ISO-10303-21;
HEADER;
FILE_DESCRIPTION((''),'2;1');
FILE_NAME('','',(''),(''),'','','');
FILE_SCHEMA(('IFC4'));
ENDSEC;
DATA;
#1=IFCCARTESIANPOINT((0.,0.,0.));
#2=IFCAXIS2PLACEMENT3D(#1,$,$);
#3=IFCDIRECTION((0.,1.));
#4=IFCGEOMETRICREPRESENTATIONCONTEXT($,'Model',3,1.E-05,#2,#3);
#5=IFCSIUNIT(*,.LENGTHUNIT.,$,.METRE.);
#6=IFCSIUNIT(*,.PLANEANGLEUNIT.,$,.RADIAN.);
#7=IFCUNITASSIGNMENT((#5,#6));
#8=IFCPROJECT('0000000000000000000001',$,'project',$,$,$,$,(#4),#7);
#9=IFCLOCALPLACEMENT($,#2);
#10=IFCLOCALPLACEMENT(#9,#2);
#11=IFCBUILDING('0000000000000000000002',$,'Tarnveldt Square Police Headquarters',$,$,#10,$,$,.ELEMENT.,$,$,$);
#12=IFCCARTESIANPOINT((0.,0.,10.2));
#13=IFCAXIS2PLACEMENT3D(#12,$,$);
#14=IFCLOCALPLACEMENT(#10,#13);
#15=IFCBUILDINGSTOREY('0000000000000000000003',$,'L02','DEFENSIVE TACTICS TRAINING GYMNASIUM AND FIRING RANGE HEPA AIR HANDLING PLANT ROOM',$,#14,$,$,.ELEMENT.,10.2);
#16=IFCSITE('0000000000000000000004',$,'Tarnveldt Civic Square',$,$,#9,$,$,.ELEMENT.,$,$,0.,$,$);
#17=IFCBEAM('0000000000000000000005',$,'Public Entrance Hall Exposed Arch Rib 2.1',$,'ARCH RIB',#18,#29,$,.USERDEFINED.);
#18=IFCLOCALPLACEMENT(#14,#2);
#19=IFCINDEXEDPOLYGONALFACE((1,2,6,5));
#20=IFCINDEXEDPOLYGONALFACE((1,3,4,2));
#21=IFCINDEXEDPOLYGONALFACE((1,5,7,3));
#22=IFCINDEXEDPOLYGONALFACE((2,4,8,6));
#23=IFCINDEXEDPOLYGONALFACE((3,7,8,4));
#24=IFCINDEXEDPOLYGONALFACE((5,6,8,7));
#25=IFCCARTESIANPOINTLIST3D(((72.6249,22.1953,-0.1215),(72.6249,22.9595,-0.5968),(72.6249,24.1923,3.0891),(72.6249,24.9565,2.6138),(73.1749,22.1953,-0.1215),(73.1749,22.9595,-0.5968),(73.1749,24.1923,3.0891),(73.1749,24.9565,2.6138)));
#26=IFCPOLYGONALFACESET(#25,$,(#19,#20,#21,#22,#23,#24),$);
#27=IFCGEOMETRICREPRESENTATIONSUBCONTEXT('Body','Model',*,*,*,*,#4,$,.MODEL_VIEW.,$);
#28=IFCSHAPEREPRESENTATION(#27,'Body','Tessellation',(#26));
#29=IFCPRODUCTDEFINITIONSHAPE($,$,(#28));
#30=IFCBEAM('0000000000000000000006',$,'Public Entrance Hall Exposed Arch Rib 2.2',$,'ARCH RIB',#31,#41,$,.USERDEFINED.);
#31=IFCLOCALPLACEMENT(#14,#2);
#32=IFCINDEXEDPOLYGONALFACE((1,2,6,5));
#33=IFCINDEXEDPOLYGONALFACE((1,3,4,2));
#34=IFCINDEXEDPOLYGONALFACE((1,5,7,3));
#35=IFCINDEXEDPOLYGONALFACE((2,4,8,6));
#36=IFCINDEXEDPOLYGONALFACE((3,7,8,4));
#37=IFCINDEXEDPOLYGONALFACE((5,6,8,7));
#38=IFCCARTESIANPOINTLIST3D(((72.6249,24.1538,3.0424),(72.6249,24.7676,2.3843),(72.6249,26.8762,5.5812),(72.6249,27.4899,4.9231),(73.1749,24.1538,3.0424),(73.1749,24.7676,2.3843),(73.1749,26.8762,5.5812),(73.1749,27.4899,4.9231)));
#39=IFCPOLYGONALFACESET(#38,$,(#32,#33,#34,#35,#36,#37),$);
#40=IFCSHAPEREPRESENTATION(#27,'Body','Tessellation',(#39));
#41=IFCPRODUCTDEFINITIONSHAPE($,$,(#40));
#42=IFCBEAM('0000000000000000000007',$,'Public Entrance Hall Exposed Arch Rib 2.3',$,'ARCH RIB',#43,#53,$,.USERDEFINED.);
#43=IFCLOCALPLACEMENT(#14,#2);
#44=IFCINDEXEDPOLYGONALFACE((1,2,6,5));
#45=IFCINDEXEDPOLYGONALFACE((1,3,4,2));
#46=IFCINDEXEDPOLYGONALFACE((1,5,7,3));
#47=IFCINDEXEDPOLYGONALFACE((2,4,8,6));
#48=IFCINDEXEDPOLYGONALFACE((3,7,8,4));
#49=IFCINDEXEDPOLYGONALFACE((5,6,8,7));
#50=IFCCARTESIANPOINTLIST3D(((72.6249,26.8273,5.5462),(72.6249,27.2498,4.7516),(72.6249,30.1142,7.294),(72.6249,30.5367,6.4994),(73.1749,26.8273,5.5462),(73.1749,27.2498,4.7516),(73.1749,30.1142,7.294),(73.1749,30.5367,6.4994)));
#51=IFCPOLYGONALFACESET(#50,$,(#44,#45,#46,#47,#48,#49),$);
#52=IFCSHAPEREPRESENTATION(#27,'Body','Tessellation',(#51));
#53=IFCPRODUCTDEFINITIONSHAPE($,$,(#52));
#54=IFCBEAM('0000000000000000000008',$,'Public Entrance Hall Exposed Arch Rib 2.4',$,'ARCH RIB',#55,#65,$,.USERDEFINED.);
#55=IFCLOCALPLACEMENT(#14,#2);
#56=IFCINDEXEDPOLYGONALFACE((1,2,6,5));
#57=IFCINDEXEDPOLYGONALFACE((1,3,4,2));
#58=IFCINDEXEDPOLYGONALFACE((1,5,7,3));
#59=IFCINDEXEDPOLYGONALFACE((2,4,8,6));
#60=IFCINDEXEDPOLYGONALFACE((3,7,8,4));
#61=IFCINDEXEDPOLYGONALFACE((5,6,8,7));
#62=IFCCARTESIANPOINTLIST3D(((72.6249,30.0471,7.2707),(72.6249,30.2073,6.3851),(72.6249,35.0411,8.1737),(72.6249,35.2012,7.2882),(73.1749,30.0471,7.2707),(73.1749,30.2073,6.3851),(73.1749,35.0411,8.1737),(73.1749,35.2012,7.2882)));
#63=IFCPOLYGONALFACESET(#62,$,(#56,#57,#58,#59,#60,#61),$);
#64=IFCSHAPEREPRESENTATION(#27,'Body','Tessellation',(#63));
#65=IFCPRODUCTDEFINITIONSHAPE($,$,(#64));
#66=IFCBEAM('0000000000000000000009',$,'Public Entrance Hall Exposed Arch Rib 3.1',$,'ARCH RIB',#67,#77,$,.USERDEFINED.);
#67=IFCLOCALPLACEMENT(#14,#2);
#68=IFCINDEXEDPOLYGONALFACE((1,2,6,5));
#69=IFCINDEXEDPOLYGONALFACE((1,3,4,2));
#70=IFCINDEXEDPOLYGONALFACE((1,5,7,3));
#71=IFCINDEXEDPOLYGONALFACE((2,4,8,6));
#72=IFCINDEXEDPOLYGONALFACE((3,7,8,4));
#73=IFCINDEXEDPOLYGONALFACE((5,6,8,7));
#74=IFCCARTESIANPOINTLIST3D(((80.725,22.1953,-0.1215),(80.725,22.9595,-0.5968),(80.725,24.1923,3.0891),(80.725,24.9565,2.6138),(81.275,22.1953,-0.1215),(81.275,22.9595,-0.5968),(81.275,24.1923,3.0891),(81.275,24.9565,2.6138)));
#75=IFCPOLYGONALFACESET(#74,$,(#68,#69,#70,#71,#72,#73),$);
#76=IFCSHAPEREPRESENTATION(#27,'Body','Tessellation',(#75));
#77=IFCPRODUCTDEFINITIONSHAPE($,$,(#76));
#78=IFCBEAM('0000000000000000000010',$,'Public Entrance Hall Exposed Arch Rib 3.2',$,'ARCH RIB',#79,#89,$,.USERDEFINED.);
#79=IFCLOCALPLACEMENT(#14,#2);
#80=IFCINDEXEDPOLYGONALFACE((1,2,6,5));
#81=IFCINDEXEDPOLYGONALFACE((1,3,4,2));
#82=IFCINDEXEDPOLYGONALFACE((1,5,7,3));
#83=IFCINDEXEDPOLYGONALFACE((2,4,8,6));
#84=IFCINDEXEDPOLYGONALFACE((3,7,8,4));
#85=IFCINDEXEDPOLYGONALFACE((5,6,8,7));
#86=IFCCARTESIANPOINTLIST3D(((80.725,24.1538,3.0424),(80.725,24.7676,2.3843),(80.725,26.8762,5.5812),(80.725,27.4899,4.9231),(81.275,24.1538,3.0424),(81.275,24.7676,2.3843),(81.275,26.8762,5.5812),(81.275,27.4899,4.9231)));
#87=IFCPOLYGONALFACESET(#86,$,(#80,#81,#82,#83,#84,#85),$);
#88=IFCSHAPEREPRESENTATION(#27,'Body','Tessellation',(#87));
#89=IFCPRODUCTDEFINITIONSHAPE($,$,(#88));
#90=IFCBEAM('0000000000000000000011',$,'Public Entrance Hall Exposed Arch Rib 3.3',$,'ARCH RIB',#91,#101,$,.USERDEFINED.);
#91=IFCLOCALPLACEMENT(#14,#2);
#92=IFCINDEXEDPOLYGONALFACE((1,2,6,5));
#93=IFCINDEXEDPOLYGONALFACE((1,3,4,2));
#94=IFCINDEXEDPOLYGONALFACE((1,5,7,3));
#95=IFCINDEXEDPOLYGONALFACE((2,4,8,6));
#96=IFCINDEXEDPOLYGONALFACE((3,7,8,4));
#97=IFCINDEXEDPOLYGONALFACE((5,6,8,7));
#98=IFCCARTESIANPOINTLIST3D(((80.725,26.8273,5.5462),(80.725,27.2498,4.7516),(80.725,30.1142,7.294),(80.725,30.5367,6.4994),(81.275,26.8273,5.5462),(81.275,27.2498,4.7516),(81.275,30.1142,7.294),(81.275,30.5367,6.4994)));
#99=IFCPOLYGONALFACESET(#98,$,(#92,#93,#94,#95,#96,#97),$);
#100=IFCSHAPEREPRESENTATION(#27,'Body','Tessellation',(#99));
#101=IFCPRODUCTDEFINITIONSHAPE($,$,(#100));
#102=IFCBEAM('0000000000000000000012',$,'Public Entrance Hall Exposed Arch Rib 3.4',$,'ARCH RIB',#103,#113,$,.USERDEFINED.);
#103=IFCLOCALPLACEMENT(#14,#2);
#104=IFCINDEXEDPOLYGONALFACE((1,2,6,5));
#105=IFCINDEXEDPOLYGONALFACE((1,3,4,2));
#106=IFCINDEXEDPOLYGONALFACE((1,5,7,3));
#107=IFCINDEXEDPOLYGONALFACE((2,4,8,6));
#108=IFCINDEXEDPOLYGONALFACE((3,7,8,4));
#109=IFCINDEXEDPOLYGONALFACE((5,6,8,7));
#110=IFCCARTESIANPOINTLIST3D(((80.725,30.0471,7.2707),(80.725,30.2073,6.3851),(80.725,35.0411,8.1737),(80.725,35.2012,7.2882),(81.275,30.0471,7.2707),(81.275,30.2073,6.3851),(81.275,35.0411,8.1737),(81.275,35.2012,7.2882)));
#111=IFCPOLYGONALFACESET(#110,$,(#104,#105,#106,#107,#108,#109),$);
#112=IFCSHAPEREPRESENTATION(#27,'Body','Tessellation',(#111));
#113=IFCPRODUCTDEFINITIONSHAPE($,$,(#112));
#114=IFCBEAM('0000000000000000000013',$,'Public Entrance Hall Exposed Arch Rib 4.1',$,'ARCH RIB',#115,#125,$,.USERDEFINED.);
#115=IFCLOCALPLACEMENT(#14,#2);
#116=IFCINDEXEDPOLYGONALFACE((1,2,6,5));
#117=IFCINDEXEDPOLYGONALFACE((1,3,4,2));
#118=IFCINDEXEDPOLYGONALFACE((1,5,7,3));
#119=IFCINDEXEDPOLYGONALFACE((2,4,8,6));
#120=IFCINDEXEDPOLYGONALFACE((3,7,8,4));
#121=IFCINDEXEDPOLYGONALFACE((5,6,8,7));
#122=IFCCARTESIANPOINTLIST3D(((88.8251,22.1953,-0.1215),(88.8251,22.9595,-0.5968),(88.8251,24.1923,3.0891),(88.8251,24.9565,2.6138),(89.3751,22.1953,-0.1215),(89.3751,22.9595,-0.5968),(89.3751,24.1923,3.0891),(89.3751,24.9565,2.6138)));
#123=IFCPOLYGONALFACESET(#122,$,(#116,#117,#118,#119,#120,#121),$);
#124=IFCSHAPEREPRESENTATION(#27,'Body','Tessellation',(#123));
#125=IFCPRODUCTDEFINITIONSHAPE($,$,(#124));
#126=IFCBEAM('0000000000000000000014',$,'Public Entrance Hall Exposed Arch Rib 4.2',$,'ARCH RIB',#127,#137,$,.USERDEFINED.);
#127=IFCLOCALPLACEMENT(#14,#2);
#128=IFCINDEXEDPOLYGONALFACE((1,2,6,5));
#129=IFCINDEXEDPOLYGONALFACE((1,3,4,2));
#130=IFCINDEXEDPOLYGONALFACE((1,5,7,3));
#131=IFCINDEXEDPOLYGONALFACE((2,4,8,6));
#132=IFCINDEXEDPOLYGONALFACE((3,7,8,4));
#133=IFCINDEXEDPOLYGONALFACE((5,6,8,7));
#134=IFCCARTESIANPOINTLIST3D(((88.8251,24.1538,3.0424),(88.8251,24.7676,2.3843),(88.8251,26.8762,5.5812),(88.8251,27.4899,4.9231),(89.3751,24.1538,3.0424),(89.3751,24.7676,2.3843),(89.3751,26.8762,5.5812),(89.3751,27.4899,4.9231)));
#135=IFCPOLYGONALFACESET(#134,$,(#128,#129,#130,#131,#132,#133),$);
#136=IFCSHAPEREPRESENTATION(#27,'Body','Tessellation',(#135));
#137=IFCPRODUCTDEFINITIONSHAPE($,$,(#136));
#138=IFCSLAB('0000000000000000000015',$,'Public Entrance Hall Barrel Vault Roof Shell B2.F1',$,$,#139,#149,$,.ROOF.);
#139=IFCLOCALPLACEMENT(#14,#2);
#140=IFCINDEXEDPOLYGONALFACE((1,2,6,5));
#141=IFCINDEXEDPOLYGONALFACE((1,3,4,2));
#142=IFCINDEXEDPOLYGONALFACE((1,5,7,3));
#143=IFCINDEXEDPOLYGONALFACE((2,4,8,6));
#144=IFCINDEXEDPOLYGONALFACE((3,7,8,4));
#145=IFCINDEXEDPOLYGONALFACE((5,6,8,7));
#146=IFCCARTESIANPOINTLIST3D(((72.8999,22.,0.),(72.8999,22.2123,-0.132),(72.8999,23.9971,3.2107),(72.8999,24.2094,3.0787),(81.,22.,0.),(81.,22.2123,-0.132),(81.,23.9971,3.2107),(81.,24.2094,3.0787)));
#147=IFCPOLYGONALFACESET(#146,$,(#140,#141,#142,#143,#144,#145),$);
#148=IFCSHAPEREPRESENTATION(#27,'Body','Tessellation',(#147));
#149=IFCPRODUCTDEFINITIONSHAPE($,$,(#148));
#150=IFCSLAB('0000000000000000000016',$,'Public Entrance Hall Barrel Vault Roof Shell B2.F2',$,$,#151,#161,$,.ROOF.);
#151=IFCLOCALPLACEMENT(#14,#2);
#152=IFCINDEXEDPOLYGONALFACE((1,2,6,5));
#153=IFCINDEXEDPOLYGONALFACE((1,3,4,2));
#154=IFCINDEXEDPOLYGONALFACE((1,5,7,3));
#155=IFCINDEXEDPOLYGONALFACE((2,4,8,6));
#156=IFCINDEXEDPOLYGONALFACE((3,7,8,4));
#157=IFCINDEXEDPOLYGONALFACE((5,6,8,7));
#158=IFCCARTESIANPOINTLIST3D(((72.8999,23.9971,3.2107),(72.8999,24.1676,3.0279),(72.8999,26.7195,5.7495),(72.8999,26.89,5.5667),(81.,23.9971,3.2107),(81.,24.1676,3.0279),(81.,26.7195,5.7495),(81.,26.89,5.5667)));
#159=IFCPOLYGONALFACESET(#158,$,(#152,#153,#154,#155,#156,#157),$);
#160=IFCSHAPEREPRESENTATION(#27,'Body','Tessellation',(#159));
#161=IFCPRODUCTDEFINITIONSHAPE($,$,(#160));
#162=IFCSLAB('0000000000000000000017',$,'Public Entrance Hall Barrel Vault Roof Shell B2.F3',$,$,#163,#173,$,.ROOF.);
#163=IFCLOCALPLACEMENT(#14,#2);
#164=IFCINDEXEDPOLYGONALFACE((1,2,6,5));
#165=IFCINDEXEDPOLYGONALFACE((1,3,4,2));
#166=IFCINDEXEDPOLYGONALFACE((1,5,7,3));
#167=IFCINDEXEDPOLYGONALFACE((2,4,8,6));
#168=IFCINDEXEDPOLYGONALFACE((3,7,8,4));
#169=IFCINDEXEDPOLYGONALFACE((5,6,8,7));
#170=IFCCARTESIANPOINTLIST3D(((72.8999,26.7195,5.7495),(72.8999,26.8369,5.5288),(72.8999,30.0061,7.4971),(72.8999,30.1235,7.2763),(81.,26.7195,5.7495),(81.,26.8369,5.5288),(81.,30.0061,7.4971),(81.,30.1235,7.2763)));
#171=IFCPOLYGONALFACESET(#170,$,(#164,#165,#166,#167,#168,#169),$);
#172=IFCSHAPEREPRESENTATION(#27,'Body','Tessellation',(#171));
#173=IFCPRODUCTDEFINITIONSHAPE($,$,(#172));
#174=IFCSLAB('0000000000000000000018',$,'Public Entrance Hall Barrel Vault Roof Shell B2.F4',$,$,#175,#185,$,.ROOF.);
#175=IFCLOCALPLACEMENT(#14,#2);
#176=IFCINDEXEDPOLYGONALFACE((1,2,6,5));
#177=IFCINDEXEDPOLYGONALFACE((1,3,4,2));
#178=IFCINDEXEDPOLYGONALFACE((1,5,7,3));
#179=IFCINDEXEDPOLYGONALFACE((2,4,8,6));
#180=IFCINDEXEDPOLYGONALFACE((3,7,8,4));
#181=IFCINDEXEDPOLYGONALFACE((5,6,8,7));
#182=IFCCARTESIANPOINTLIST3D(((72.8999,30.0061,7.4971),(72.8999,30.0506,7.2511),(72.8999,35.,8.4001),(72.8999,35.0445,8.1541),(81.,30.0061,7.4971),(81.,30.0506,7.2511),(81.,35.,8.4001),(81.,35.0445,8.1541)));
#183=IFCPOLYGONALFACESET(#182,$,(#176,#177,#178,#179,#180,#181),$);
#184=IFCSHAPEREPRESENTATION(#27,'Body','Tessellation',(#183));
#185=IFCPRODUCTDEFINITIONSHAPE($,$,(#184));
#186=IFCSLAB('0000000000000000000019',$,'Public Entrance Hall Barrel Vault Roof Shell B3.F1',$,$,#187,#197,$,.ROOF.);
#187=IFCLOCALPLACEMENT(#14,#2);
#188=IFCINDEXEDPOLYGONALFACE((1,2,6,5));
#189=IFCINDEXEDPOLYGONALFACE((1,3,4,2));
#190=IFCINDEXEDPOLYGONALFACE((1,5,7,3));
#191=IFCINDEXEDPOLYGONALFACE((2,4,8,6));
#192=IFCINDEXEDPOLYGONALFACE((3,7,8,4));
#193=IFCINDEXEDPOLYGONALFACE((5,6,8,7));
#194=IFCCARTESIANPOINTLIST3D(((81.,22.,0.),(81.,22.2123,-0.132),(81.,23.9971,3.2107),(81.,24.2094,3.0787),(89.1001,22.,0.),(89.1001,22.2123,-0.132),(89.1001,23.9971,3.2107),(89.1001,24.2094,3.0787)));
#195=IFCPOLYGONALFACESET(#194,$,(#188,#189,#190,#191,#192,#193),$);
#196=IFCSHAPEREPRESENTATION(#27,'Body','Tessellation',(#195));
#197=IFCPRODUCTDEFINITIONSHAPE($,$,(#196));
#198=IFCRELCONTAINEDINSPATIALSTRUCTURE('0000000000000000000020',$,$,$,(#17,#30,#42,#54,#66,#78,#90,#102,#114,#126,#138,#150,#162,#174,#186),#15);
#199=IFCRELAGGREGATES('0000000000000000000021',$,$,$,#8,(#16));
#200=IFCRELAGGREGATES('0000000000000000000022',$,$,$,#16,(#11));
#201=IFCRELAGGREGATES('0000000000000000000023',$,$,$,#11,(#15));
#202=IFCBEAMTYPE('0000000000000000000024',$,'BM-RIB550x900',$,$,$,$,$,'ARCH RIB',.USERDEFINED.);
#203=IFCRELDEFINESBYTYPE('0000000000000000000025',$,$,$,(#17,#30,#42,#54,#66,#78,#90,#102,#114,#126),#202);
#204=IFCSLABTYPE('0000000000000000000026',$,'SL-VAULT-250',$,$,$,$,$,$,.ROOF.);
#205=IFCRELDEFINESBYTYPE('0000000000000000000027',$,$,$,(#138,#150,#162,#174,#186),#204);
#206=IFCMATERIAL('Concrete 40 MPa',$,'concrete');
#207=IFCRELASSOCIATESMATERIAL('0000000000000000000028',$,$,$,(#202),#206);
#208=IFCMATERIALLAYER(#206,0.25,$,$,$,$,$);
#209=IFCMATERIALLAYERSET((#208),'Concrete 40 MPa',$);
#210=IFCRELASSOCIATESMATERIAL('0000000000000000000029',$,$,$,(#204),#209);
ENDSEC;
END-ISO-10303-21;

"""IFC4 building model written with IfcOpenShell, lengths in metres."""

from ifc_helpers import new_model, si_unit, direction, frame, origin, origin_2d, place, context, subcontext, project, spatial, polyline, rectangle, outline, extrude, material, layer, layer_set, material_profile, profile_set, type_object, element, save


model = new_model("IFC4")

# Units and contexts
model_context = context("Model", 3, precision=1e-05, world=origin(), true_north=direction((0.0, 1.0)))
body_context = subcontext(model_context, "Body", "Model", "MODEL_VIEW")
ifc_project = project(units=[si_unit("LENGTHUNIT", "METRE"), si_unit("PLANEANGLEUNIT", "RADIAN")], contexts=[model_context])

# Site, building, storey
site_placement = place(None, origin())
site = spatial("IfcSite", under=ifc_project, at=site_placement, Name="Tarnveldt Civic Square", CompositionType="ELEMENT", RefElevation=0.0)
building_placement = place(site_placement, origin())
building = spatial("IfcBuilding", under=site, at=building_placement, Name="Tarnveldt Square Police Headquarters", CompositionType="ELEMENT")
storey_placement = place(building_placement, frame((0.0, 0.0, 10.2)))
storey = spatial("IfcBuildingStorey", under=building, at=storey_placement, Name="L02", Description="DEFENSIVE TACTICS TRAINING GYMNASIUM AND FIRING RANGE HEPA AIR HANDLING PLANT ROOM", CompositionType="ELEMENT", Elevation=10.2)

# Beams
ifc_material = material(Name="Concrete 40 MPa", Category="concrete")
ifc_material_profile = material_profile(ifc_material, rectangle(XDim=0.55, YDim=0.8999, at=origin_2d()), Name="RC-RIB550x900")
ifc_profile_set = profile_set([ifc_material_profile], Name="Concrete 40 MPa")
beam_type = type_object("IfcBeamType", Name="BM-RIB550x900", ElementType="ARCH RIB", PredefinedType="USERDEFINED", material=ifc_profile_set)
beam_1_placement = place(storey_placement, frame((72.8999, 22.5774, -0.3591), z_axis=(0.0, 0.528169, 0.849139), x_axis=(-1.0, 0.0, 0.0)))
element("IfcBeam", 1, at=beam_1_placement, inside=storey, type_object=beam_type, Name="Public Entrance Hall Exposed Arch Rib 2.1", ObjectType="ARCH RIB", PredefinedType="USERDEFINED", context=body_context, shape_type="SweptSolid", body=[
    extrude(rectangle(XDim=0.55, YDim=0.8999, at=origin_2d()), origin(), (0.0, 0.0, 1.0), 3.781),
])
beam_2_placement = place(storey_placement, frame((72.8999, 24.4607, 2.7134), z_axis=(0.0, 0.731337, 0.682017), x_axis=(-1.0, 0.0, 0.0)))
element("IfcBeam", 2, at=beam_2_placement, inside=storey, type_object=beam_type, Name="Public Entrance Hall Exposed Arch Rib 2.2", ObjectType="ARCH RIB", PredefinedType="USERDEFINED", context=body_context, shape_type="SweptSolid", body=[
    extrude(rectangle(XDim=0.55, YDim=0.8999, at=origin_2d()), origin(), (0.0, 0.0, 1.0), 3.7224),
])
beam_3_placement = place(storey_placement, frame((72.8999, 27.0386, 5.1489), z_axis=(0.0, 0.882931, 0.469502), x_axis=(-1.0, 0.0, 0.0)))
element("IfcBeam", 3, at=beam_3_placement, inside=storey, type_object=beam_type, Name="Public Entrance Hall Exposed Arch Rib 2.3", ObjectType="ARCH RIB", PredefinedType="USERDEFINED", context=body_context, shape_type="SweptSolid", body=[
    extrude(rectangle(XDim=0.55, YDim=0.8999, at=origin_2d()), origin(), (0.0, 0.0, 1.0), 3.7227),
])
beam_4_placement = place(storey_placement, frame((72.8999, 30.1272, 6.8279), z_axis=(0.0, 0.98404, 0.17795), x_axis=(-1.0, 0.0, 0.0)))
element("IfcBeam", 4, at=beam_4_placement, inside=storey, type_object=beam_type, Name="Public Entrance Hall Exposed Arch Rib 2.4", ObjectType="ARCH RIB", PredefinedType="USERDEFINED", context=body_context, shape_type="SweptSolid", body=[
    extrude(rectangle(XDim=0.55, YDim=0.8999, at=origin_2d()), origin(), (0.0, 0.0, 1.0), 5.075),
])
beam_5_placement = place(storey_placement, frame((81.0, 22.5774, -0.3591), z_axis=(0.0, 0.528169, 0.849139), x_axis=(-1.0, 0.0, 0.0)))
element("IfcBeam", 5, at=beam_5_placement, inside=storey, type_object=beam_type, Name="Public Entrance Hall Exposed Arch Rib 3.1", ObjectType="ARCH RIB", PredefinedType="USERDEFINED", context=body_context, shape_type="SweptSolid", body=[
    extrude(rectangle(XDim=0.55, YDim=0.8999, at=origin_2d()), origin(), (0.0, 0.0, 1.0), 3.781),
])
beam_6_placement = place(storey_placement, frame((81.0, 24.4607, 2.7134), z_axis=(0.0, 0.731337, 0.682017), x_axis=(-1.0, 0.0, 0.0)))
element("IfcBeam", 6, at=beam_6_placement, inside=storey, type_object=beam_type, Name="Public Entrance Hall Exposed Arch Rib 3.2", ObjectType="ARCH RIB", PredefinedType="USERDEFINED", context=body_context, shape_type="SweptSolid", body=[
    extrude(rectangle(XDim=0.55, YDim=0.8999, at=origin_2d()), origin(), (0.0, 0.0, 1.0), 3.7224),
])
beam_7_placement = place(storey_placement, frame((81.0, 27.0386, 5.1489), z_axis=(0.0, 0.882931, 0.469502), x_axis=(-1.0, 0.0, 0.0)))
element("IfcBeam", 7, at=beam_7_placement, inside=storey, type_object=beam_type, Name="Public Entrance Hall Exposed Arch Rib 3.3", ObjectType="ARCH RIB", PredefinedType="USERDEFINED", context=body_context, shape_type="SweptSolid", body=[
    extrude(rectangle(XDim=0.55, YDim=0.8999, at=origin_2d()), origin(), (0.0, 0.0, 1.0), 3.7227),
])
beam_8_placement = place(storey_placement, frame((81.0, 30.1272, 6.8279), z_axis=(0.0, 0.98404, 0.17795), x_axis=(-1.0, 0.0, 0.0)))
element("IfcBeam", 8, at=beam_8_placement, inside=storey, type_object=beam_type, Name="Public Entrance Hall Exposed Arch Rib 3.4", ObjectType="ARCH RIB", PredefinedType="USERDEFINED", context=body_context, shape_type="SweptSolid", body=[
    extrude(rectangle(XDim=0.55, YDim=0.8999, at=origin_2d()), origin(), (0.0, 0.0, 1.0), 5.075),
])
beam_9_placement = place(storey_placement, frame((89.1001, 22.5774, -0.3591), z_axis=(0.0, 0.528169, 0.849139), x_axis=(-1.0, 0.0, 0.0)))
element("IfcBeam", 9, at=beam_9_placement, inside=storey, type_object=beam_type, Name="Public Entrance Hall Exposed Arch Rib 4.1", ObjectType="ARCH RIB", PredefinedType="USERDEFINED", context=body_context, shape_type="SweptSolid", body=[
    extrude(rectangle(XDim=0.55, YDim=0.8999, at=origin_2d()), origin(), (0.0, 0.0, 1.0), 3.781),
])
beam_10_placement = place(storey_placement, frame((89.1001, 24.4607, 2.7134), z_axis=(0.0, 0.731337, 0.682017), x_axis=(-1.0, 0.0, 0.0)))
element("IfcBeam", 10, at=beam_10_placement, inside=storey, type_object=beam_type, Name="Public Entrance Hall Exposed Arch Rib 4.2", ObjectType="ARCH RIB", PredefinedType="USERDEFINED", context=body_context, shape_type="SweptSolid", body=[
    extrude(rectangle(XDim=0.55, YDim=0.8999, at=origin_2d()), origin(), (0.0, 0.0, 1.0), 3.7224),
])

# Slabs
ifc_layer = layer(ifc_material, 0.25)
ifc_layer_set = layer_set([ifc_layer], Name="Concrete 40 MPa")
slab_type = type_object("IfcSlabType", Name="SL-VAULT-250", PredefinedType="ROOF", material=ifc_layer_set)
slab_1_placement = place(storey_placement, frame((72.8999, 22.0, 0.0), z_axis=(0.0, -0.849139, 0.528169), x_axis=(1.0, 0.0, 0.0)))
element("IfcSlab", 11, at=slab_1_placement, inside=storey, type_object=slab_type, Name="Public Entrance Hall Barrel Vault Roof Shell B2.F1", PredefinedType="ROOF", context=body_context, shape_type="SweptSolid", body=[
    extrude(outline(polyline([(0.0, 0.0), (8.1001, 0.0), (8.1001, 3.7811), (0.0, 3.7811), (0.0, 0.0)])), origin(), (0.0, 0.0, -1.0), 0.25),
])
slab_2_placement = place(storey_placement, frame((72.8999, 23.9971, 3.2107), z_axis=(0.0, -0.682017, 0.731337), x_axis=(1.0, 0.0, 0.0)))
element("IfcSlab", 12, at=slab_2_placement, inside=storey, type_object=slab_type, Name="Public Entrance Hall Barrel Vault Roof Shell B2.F2", PredefinedType="ROOF", context=body_context, shape_type="SweptSolid", body=[
    extrude(outline(polyline([(0.0, 0.0), (8.1001, 0.0), (8.1001, 3.7225), (0.0, 3.7225), (0.0, 0.0)])), origin(), (0.0, 0.0, -1.0), 0.25),
])
slab_3_placement = place(storey_placement, frame((72.8999, 26.7195, 5.7495), z_axis=(0.0, -0.469478, 0.882944), x_axis=(1.0, 0.0, 0.0)))
element("IfcSlab", 13, at=slab_3_placement, inside=storey, type_object=slab_type, Name="Public Entrance Hall Barrel Vault Roof Shell B2.F3", PredefinedType="ROOF", context=body_context, shape_type="SweptSolid", body=[
    extrude(outline(polyline([(0.0, 0.0), (8.1001, 0.0), (8.1001, 3.7223), (0.0, 3.7223), (0.0, 0.0)])), origin(), (0.0, 0.0, -1.0), 0.25),
])
slab_4_placement = place(storey_placement, frame((72.8999, 30.0061, 7.4971), z_axis=(0.0, -0.17795, 0.98404), x_axis=(1.0, 0.0, 0.0)))
element("IfcSlab", 14, at=slab_4_placement, inside=storey, type_object=slab_type, Name="Public Entrance Hall Barrel Vault Roof Shell B2.F4", PredefinedType="ROOF", context=body_context, shape_type="SweptSolid", body=[
    extrude(outline(polyline([(0.0, 0.0), (8.1001, 0.0), (8.1001, 5.0749), (0.0, 5.0749), (0.0, 0.0)])), origin(), (0.0, 0.0, -1.0), 0.25),
])
slab_5_placement = place(storey_placement, frame((81.0, 22.0, 0.0), z_axis=(0.0, -0.849139, 0.528169), x_axis=(1.0, 0.0, 0.0)))
element("IfcSlab", 15, at=slab_5_placement, inside=storey, type_object=slab_type, Name="Public Entrance Hall Barrel Vault Roof Shell B3.F1", PredefinedType="ROOF", context=body_context, shape_type="SweptSolid", body=[
    extrude(outline(polyline([(0.0, 0.0), (8.1001, 0.0), (8.1001, 3.7811), (0.0, 3.7811), (0.0, 0.0)])), origin(), (0.0, 0.0, -1.0), 0.25),
])

save(model, "model.ifc")
